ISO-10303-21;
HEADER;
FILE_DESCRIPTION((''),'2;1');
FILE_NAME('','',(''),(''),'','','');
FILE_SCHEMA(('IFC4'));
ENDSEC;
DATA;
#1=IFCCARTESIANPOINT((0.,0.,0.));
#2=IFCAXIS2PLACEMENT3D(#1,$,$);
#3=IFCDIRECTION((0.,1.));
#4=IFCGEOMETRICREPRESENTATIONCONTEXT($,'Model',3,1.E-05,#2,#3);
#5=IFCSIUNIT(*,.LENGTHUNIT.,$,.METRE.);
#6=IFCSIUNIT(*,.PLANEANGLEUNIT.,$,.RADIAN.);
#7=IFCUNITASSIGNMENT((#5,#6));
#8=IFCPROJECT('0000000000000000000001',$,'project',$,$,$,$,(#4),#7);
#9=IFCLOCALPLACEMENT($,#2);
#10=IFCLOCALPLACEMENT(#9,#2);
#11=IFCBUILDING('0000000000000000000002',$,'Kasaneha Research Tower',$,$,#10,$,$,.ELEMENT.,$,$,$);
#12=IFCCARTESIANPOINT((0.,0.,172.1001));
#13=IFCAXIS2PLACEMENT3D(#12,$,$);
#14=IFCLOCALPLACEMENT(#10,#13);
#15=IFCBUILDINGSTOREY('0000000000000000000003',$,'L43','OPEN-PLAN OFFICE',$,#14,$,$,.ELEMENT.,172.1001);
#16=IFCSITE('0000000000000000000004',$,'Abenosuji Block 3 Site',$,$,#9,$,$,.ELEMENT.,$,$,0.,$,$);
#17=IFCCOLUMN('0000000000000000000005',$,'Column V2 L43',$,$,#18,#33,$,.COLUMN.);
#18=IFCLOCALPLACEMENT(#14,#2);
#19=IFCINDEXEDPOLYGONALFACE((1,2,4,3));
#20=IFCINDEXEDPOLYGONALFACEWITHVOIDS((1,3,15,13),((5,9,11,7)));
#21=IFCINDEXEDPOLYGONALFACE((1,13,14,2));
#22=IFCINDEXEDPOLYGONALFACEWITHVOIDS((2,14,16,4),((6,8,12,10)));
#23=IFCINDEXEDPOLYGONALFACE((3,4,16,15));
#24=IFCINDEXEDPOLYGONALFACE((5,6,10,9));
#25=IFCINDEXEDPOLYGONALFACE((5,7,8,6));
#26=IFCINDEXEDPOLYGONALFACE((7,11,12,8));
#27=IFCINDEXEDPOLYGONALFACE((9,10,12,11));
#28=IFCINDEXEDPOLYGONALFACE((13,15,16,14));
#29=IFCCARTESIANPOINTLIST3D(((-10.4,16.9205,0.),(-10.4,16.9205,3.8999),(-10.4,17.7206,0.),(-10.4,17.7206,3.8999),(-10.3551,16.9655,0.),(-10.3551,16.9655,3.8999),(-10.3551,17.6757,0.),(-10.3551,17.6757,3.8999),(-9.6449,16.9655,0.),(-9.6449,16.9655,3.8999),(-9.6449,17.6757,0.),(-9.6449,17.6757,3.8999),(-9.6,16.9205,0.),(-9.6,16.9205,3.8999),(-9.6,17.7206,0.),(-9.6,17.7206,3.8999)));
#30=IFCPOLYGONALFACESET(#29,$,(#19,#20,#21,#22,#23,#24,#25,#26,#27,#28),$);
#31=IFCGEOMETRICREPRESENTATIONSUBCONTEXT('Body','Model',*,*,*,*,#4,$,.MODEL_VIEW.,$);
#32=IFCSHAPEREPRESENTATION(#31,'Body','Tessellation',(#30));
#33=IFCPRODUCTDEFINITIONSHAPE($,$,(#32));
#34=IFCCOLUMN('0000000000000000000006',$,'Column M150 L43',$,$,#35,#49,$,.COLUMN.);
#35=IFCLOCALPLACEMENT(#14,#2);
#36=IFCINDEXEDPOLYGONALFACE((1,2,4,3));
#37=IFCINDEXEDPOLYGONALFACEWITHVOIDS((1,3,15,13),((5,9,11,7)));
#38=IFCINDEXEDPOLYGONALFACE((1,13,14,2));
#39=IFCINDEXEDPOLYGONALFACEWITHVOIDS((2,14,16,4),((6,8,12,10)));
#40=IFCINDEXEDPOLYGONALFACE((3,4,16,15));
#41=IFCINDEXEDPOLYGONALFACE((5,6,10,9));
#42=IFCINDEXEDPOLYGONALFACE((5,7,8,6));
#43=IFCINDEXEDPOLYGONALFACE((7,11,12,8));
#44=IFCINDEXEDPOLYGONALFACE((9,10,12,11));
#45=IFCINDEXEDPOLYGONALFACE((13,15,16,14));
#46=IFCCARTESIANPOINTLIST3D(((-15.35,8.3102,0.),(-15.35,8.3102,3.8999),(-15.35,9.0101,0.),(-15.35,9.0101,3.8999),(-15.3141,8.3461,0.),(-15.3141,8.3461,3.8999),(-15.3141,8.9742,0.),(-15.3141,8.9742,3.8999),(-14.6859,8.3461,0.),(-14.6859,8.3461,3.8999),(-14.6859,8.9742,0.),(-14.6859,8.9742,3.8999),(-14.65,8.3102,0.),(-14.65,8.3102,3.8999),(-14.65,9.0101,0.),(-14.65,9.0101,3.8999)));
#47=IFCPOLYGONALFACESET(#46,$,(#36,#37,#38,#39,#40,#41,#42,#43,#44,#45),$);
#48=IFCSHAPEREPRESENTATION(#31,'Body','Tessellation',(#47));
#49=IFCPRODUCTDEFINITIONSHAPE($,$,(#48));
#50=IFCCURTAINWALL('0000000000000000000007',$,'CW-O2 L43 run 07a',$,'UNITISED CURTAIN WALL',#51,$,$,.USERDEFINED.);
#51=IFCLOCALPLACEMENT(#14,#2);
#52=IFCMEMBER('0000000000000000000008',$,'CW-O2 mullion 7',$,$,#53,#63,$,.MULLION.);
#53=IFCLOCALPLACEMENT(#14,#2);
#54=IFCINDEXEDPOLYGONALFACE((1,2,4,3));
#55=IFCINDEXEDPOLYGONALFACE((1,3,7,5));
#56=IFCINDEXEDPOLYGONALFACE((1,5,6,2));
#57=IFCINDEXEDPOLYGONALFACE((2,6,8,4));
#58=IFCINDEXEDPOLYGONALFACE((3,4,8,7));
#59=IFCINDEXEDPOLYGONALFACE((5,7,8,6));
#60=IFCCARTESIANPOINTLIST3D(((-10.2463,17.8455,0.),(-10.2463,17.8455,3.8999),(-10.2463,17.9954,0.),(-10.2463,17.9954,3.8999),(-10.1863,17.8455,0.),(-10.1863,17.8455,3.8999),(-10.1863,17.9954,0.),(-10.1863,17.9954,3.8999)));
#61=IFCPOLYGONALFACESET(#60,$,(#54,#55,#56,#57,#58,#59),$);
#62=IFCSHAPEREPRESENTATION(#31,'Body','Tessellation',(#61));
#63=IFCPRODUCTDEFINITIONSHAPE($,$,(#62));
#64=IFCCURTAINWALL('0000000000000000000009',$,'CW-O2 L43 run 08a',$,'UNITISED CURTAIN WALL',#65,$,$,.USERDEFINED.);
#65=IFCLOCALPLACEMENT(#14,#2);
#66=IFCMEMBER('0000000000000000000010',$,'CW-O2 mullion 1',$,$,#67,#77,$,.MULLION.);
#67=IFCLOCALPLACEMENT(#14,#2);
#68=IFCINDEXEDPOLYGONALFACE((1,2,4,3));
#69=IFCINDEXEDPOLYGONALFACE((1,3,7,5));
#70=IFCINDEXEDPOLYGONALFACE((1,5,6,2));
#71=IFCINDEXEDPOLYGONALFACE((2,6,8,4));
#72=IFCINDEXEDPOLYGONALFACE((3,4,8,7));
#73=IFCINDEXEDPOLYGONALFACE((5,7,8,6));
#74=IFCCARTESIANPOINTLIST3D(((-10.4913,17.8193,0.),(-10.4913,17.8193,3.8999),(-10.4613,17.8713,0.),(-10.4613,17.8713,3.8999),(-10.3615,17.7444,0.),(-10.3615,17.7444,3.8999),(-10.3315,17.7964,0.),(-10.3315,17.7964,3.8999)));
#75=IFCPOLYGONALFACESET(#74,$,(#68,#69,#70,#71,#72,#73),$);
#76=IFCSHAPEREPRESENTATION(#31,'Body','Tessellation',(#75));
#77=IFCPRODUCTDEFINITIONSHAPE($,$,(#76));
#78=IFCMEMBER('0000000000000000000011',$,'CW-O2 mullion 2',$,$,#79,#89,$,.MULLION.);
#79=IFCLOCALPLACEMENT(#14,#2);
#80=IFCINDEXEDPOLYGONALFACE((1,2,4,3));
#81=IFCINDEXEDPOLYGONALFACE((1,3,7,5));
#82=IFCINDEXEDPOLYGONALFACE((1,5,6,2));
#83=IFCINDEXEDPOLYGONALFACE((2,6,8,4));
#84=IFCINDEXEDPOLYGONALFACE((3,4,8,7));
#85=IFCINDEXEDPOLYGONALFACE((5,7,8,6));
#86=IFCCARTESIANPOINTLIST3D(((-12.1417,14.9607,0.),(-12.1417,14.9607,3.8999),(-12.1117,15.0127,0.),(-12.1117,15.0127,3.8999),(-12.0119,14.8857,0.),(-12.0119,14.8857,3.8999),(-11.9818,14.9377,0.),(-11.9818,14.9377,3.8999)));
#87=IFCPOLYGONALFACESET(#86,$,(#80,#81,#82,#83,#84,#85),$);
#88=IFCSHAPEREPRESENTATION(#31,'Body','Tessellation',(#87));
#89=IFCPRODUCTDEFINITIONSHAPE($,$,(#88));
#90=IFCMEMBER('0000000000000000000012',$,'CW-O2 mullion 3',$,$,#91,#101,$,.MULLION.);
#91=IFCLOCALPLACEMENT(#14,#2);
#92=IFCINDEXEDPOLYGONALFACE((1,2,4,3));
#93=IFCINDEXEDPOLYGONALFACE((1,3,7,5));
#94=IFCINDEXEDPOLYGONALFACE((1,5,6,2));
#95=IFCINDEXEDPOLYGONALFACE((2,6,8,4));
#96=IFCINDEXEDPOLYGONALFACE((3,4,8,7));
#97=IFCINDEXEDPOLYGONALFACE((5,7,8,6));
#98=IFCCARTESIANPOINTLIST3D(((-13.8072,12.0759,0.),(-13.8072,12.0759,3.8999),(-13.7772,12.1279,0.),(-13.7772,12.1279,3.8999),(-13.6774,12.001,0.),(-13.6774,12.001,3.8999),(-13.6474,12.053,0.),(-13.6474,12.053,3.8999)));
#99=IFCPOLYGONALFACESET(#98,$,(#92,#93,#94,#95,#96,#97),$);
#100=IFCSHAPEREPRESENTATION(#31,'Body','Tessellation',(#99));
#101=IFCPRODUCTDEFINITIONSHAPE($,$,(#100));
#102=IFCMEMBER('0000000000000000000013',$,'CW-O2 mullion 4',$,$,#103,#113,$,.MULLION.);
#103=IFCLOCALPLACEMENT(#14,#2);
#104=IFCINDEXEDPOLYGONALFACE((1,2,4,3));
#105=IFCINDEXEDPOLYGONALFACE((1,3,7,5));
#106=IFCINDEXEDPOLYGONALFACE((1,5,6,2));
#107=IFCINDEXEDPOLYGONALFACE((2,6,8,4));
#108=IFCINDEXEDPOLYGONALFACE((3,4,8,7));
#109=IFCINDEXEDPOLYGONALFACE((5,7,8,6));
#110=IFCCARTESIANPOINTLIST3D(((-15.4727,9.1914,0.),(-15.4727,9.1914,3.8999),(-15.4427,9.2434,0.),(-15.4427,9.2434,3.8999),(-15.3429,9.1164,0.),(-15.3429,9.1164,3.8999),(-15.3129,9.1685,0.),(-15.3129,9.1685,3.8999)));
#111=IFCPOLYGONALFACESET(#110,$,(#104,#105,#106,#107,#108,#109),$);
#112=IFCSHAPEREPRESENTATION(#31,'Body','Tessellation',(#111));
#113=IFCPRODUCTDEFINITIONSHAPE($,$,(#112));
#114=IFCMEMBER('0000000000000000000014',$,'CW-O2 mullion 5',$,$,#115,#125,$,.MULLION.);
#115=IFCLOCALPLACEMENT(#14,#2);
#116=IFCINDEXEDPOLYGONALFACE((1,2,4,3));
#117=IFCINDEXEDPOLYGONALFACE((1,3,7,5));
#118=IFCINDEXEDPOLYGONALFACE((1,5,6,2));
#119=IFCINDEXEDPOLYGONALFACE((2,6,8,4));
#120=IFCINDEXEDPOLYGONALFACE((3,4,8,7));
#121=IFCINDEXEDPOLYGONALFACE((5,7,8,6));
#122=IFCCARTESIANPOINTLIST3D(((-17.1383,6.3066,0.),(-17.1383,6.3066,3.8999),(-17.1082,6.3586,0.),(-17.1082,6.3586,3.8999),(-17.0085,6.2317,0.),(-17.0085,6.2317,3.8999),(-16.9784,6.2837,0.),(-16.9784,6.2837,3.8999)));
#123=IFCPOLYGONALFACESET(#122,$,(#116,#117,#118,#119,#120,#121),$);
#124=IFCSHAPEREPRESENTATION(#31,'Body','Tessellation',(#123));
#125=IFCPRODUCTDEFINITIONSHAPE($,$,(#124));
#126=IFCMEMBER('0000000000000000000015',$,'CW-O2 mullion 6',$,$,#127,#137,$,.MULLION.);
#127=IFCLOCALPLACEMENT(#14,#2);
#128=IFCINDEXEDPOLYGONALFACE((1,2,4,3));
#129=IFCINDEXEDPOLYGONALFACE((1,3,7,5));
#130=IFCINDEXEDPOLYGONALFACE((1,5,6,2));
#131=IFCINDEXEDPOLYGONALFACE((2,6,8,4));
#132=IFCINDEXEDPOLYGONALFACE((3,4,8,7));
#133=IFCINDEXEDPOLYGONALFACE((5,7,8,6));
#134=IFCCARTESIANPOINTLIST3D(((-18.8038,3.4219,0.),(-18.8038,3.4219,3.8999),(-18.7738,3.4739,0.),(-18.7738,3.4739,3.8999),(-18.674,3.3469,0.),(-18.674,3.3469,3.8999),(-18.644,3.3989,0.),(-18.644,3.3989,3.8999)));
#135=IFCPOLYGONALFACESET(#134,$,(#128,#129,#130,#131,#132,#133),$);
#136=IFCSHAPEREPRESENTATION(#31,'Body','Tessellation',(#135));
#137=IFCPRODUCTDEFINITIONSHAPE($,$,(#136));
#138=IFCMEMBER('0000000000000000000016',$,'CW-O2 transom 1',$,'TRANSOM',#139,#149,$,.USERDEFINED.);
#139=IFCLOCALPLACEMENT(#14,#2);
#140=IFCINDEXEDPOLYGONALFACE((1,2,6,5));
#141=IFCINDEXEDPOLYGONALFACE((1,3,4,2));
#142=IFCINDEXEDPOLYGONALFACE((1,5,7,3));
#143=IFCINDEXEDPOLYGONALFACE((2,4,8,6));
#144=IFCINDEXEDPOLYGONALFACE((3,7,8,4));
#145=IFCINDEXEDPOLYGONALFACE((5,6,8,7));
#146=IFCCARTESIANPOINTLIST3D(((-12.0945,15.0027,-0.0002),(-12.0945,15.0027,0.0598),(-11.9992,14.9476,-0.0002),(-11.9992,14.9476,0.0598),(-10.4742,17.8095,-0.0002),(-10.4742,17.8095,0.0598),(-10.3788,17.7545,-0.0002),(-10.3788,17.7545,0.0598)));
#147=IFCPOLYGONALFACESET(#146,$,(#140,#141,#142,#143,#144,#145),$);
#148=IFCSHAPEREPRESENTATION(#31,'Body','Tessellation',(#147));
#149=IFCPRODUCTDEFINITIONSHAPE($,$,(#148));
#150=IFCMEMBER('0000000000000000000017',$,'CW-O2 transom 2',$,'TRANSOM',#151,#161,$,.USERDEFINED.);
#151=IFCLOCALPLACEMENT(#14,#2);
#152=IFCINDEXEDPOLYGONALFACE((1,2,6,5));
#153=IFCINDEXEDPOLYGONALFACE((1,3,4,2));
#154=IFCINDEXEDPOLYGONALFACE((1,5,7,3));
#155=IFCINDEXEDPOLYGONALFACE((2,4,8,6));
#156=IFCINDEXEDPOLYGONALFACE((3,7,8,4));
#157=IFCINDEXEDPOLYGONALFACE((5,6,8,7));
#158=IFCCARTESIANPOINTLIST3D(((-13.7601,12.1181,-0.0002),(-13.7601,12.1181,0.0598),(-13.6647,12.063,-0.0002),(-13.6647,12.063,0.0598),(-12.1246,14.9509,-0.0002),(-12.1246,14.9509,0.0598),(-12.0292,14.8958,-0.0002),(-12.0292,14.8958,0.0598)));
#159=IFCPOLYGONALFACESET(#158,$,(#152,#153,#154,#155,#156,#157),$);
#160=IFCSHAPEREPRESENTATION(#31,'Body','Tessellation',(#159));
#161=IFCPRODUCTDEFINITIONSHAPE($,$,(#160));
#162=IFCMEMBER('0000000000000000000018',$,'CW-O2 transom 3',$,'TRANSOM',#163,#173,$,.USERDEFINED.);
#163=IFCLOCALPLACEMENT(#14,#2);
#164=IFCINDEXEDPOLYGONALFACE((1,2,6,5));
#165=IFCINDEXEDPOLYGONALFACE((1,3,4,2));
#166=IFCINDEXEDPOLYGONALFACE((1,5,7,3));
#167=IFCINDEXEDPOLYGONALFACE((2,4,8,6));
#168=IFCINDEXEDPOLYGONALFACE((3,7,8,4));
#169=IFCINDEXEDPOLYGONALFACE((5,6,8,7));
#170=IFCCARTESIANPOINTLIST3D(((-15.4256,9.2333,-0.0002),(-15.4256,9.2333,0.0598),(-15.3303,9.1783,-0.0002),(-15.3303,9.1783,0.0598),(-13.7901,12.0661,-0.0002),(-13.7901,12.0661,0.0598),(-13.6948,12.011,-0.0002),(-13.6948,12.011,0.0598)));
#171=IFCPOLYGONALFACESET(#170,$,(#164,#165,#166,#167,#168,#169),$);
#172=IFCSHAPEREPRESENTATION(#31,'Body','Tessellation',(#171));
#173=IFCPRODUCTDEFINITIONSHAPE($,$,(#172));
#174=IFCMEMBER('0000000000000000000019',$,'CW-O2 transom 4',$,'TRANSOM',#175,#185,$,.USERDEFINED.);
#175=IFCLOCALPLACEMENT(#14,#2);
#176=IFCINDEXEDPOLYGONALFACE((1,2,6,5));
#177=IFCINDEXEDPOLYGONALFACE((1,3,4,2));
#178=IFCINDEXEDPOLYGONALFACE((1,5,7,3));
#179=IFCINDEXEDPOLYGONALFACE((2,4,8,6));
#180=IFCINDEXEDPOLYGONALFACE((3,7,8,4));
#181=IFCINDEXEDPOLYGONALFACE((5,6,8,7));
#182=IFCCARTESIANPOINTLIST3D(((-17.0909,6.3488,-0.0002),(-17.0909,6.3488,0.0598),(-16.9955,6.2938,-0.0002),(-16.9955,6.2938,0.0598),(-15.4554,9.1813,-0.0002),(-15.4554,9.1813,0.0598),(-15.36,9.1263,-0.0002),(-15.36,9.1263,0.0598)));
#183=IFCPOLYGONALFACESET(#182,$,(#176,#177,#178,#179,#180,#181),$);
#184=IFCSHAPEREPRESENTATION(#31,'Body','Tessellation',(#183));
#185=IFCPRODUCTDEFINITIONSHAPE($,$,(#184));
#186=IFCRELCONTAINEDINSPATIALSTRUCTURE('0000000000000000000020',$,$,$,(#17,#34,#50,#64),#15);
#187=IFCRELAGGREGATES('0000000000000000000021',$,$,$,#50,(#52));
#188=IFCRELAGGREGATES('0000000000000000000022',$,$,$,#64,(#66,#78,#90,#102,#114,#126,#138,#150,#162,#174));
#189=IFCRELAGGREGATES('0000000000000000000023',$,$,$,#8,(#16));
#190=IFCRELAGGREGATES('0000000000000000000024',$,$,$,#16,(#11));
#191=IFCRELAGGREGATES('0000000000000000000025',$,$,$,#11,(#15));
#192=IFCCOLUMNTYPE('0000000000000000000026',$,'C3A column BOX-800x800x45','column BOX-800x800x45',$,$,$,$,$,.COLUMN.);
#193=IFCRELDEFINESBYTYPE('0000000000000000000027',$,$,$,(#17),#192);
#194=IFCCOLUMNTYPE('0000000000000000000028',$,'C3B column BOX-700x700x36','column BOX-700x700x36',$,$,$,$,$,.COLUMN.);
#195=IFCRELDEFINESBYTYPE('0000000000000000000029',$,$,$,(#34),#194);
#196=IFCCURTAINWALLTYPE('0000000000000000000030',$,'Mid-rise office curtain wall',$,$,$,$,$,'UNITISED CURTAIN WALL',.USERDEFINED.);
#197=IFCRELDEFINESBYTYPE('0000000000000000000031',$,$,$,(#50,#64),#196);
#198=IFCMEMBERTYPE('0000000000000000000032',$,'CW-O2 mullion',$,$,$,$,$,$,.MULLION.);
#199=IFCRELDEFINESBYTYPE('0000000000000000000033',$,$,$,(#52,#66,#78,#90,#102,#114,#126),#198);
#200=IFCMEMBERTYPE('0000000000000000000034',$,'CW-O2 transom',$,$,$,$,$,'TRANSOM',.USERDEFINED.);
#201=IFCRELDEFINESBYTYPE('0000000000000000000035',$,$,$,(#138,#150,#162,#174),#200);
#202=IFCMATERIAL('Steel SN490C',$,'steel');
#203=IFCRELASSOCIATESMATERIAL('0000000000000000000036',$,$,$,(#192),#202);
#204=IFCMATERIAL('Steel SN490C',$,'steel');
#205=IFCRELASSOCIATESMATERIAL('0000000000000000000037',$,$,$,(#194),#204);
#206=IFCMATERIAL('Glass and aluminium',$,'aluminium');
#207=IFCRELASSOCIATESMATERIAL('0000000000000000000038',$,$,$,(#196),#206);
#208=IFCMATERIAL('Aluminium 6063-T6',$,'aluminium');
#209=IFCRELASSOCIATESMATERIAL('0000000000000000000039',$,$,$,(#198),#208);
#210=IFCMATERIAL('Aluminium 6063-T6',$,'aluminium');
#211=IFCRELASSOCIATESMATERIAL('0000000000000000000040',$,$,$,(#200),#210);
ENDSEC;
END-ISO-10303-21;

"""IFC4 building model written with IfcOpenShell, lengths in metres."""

from ifc_helpers import new_model, si_unit, direction, frame, origin, origin_2d, place, context, subcontext, project, spatial, rectangle, hollow_rectangle, extrude, material, material_profile, profile_set, type_object, element, aggregate, save


model = new_model("IFC4")

# Units and contexts
model_context = context("Model", 3, precision=1e-05, world=origin(), true_north=direction((0.0, 1.0)))
body_context = subcontext(model_context, "Body", "Model", "MODEL_VIEW")
ifc_project = project(units=[si_unit("LENGTHUNIT", "METRE"), si_unit("PLANEANGLEUNIT", "RADIAN")], contexts=[model_context])

# Site, building, storey
site_placement = place(None, origin())
site = spatial("IfcSite", under=ifc_project, at=site_placement, Name="Abenosuji Block 3 Site", CompositionType="ELEMENT", RefElevation=0.0)
building_placement = place(site_placement, origin())
building = spatial("IfcBuilding", under=site, at=building_placement, Name="Kasaneha Research Tower", CompositionType="ELEMENT")
storey_placement = place(building_placement, frame((0.0, 0.0, 172.1001)))
storey = spatial("IfcBuildingStorey", under=building, at=storey_placement, Name="L43", Description="OPEN-PLAN OFFICE", CompositionType="ELEMENT", Elevation=172.1001)

# Columns
ifc_material_1 = material(Name="Steel SN490C", Category="steel")
ifc_material_profile_1 = material_profile(ifc_material_1, hollow_rectangle(XDim=0.8, YDim=0.8, WallThickness=0.0449, at=origin_2d()), Name="BOX-800x800x45")
ifc_profile_set_1 = profile_set([ifc_material_profile_1], Name="Steel SN490C")
column_type_1 = type_object("IfcColumnType", Name="C3A column BOX-800x800x45", Description="column BOX-800x800x45", PredefinedType="COLUMN", material=ifc_profile_set_1)
column_1_placement = place(storey_placement, frame((-10.0, 17.3206, 0.0), z_axis=(0.0, 0.0, 1.0), x_axis=(1.0, 0.0, 0.0)))
element("IfcColumn", 1, at=column_1_placement, inside=storey, type_object=column_type_1, Name="Column V2 L43", PredefinedType="COLUMN", context=body_context, shape_type="SweptSolid", body=[
    extrude(hollow_rectangle(XDim=0.8, YDim=0.8, WallThickness=0.0449, at=origin_2d()), origin(), (0.0, 0.0, 1.0), 3.8999),
])
ifc_material_2 = material(Name="Steel SN490C", Category="steel")
ifc_material_profile_2 = material_profile(ifc_material_2, hollow_rectangle(XDim=0.7, YDim=0.7, WallThickness=0.0359, at=origin_2d()), Name="BOX-700x700x36")
ifc_profile_set_2 = profile_set([ifc_material_profile_2], Name="Steel SN490C")
column_type_2 = type_object("IfcColumnType", Name="C3B column BOX-700x700x36", Description="column BOX-700x700x36", PredefinedType="COLUMN", material=ifc_profile_set_2)
column_2_placement = place(storey_placement, frame((-15.0, 8.6602, 0.0), z_axis=(0.0, 0.0, 1.0), x_axis=(1.0, 0.0, 0.0)))
element("IfcColumn", 2, at=column_2_placement, inside=storey, type_object=column_type_2, Name="Column M150 L43", PredefinedType="COLUMN", context=body_context, shape_type="SweptSolid", body=[
    extrude(hollow_rectangle(XDim=0.7, YDim=0.7, WallThickness=0.0359, at=origin_2d()), origin(), (0.0, 0.0, 1.0), 3.8999),
])

# Curtain wall, member
ifc_material_3 = material(Name="Glass and aluminium", Category="aluminium")
curtain_wall_type = type_object("IfcCurtainWallType", Name="Mid-rise office curtain wall", ElementType="UNITISED CURTAIN WALL", PredefinedType="USERDEFINED", material=ifc_material_3)
curtain_wall_1_placement = place(storey_placement, origin())
curtain_wall_1 = element("IfcCurtainWall", 3, at=curtain_wall_1_placement, inside=storey, type_object=curtain_wall_type, Name="CW-O2 L43 run 07a", ObjectType="UNITISED CURTAIN WALL", PredefinedType="USERDEFINED")
ifc_material_4 = material(Name="Aluminium 6063-T6", Category="aluminium")
ifc_material_profile_3 = material_profile(ifc_material_4, rectangle(XDim=0.0601, YDim=0.1499, at=origin_2d()), Name="CW-O2 mullion 60x150")
ifc_profile_set_3 = profile_set([ifc_material_profile_3], Name="Aluminium 6063-T6")
member_type_1 = type_object("IfcMemberType", Name="CW-O2 mullion", PredefinedType="MULLION", material=ifc_profile_set_3)
member_1_placement = place(storey_placement, frame((-10.2163, 17.9204, 0.0), z_axis=(0.0, 0.0, 1.0), x_axis=(-1.0, 0.0, 0.0)))
member_1 = element("IfcMember", 4, at=member_1_placement, type_object=member_type_1, Name="CW-O2 mullion 7", PredefinedType="MULLION", context=body_context, shape_type="SweptSolid", body=[
    extrude(rectangle(XDim=0.0601, YDim=0.1499, at=origin_2d()), origin(), (0.0, 0.0, 1.0), 3.8999),
])
aggregate(curtain_wall_1, [member_1])

# Curtain wall, members
curtain_wall_2_placement = place(storey_placement, origin())
curtain_wall_2 = element("IfcCurtainWall", 5, at=curtain_wall_2_placement, inside=storey, type_object=curtain_wall_type, Name="CW-O2 L43 run 08a", ObjectType="UNITISED CURTAIN WALL", PredefinedType="USERDEFINED")
member_2_placement = place(storey_placement, frame((-10.4114, 17.8079, 0.0), z_axis=(0.0, 0.0, 1.0), x_axis=(-0.5, -0.866025, 0.0)))
member_2 = element("IfcMember", 6, at=member_2_placement, type_object=member_type_1, Name="CW-O2 mullion 1", PredefinedType="MULLION", context=body_context, shape_type="SweptSolid", body=[
    extrude(rectangle(XDim=0.0601, YDim=0.1499, at=origin_2d()), origin(), (0.0, 0.0, 1.0), 3.8999),
])
member_3_placement = place(storey_placement, frame((-12.0618, 14.9492, 0.0), z_axis=(0.0, 0.0, 1.0), x_axis=(-0.5, -0.866025, 0.0)))
member_3 = element("IfcMember", 7, at=member_3_placement, type_object=member_type_1, Name="CW-O2 mullion 2", PredefinedType="MULLION", context=body_context, shape_type="SweptSolid", body=[
    extrude(rectangle(XDim=0.0601, YDim=0.1499, at=origin_2d()), origin(), (0.0, 0.0, 1.0), 3.8999),
])
member_4_placement = place(storey_placement, frame((-13.7273, 12.0645, 0.0), z_axis=(0.0, 0.0, 1.0), x_axis=(-0.5, -0.866025, 0.0)))
member_4 = element("IfcMember", 8, at=member_4_placement, type_object=member_type_1, Name="CW-O2 mullion 3", PredefinedType="MULLION", context=body_context, shape_type="SweptSolid", body=[
    extrude(rectangle(XDim=0.0601, YDim=0.1499, at=origin_2d()), origin(), (0.0, 0.0, 1.0), 3.8999),
])
member_5_placement = place(storey_placement, frame((-15.3928, 9.1799, 0.0), z_axis=(0.0, 0.0, 1.0), x_axis=(-0.5, -0.866025, 0.0)))
member_5 = element("IfcMember", 9, at=member_5_placement, type_object=member_type_1, Name="CW-O2 mullion 4", PredefinedType="MULLION", context=body_context, shape_type="SweptSolid", body=[
    extrude(rectangle(XDim=0.0601, YDim=0.1499, at=origin_2d()), origin(), (0.0, 0.0, 1.0), 3.8999),
])
member_6_placement = place(storey_placement, frame((-17.0583, 6.2952, 0.0), z_axis=(0.0, 0.0, 1.0), x_axis=(-0.5, -0.866025, 0.0)))
member_6 = element("IfcMember", 10, at=member_6_placement, type_object=member_type_1, Name="CW-O2 mullion 5", PredefinedType="MULLION", context=body_context, shape_type="SweptSolid", body=[
    extrude(rectangle(XDim=0.0601, YDim=0.1499, at=origin_2d()), origin(), (0.0, 0.0, 1.0), 3.8999),
])
member_7_placement = place(storey_placement, frame((-18.7239, 3.4104, 0.0), z_axis=(0.0, 0.0, 1.0), x_axis=(-0.5, -0.866025, 0.0)))
member_7 = element("IfcMember", 11, at=member_7_placement, type_object=member_type_1, Name="CW-O2 mullion 6", PredefinedType="MULLION", context=body_context, shape_type="SweptSolid", body=[
    extrude(rectangle(XDim=0.0601, YDim=0.1499, at=origin_2d()), origin(), (0.0, 0.0, 1.0), 3.8999),
])
ifc_material_5 = material(Name="Aluminium 6063-T6", Category="aluminium")
ifc_material_profile_4 = material_profile(ifc_material_5, rectangle(XDim=0.1101, YDim=0.0601, at=origin_2d()), Name="CW-O2 transom 110x60")
ifc_profile_set_4 = profile_set([ifc_material_profile_4], Name="Aluminium 6063-T6")
member_type_2 = type_object("IfcMemberType", Name="CW-O2 transom", ElementType="TRANSOM", PredefinedType="USERDEFINED", material=ifc_profile_set_4)
member_8_placement = place(storey_placement, frame((-10.4265, 17.782, 0.0298), z_axis=(-0.499955, -0.866051, 0.0), x_axis=(0.866051, -0.499955, 0.0)))
member_8 = element("IfcMember", 12, at=member_8_placement, type_object=member_type_2, Name="CW-O2 transom 1", ObjectType="TRANSOM", PredefinedType="USERDEFINED", context=body_context, shape_type="SweptSolid", body=[
    extrude(rectangle(XDim=0.1101, YDim=0.0601, at=origin_2d()), origin(), (0.0, 0.0, 1.0), 3.241),
])
member_9_placement = place(storey_placement, frame((-12.0769, 14.9233, 0.0298), z_axis=(-0.5, -0.866025, 0.0), x_axis=(0.866025, -0.5, 0.0)))
member_9 = element("IfcMember", 13, at=member_9_placement, type_object=member_type_2, Name="CW-O2 transom 2", ObjectType="TRANSOM", PredefinedType="USERDEFINED", context=body_context, shape_type="SweptSolid", body=[
    extrude(rectangle(XDim=0.1101, YDim=0.0601, at=origin_2d()), origin(), (0.0, 0.0, 1.0), 3.271),
])
member_10_placement = place(storey_placement, frame((-13.7424, 12.0386, 0.0298), z_axis=(-0.5, -0.866025, 0.0), x_axis=(0.866025, -0.5, 0.0)))
member_10 = element("IfcMember", 14, at=member_10_placement, type_object=member_type_2, Name="CW-O2 transom 3", ObjectType="TRANSOM", PredefinedType="USERDEFINED", context=body_context, shape_type="SweptSolid", body=[
    extrude(rectangle(XDim=0.1101, YDim=0.0601, at=origin_2d()), origin(), (0.0, 0.0, 1.0), 3.271),
])
member_11_placement = place(storey_placement, frame((-15.4077, 9.1538, 0.0298), z_axis=(-0.500033, -0.866007, 0.0), x_axis=(0.866007, -0.500033, 0.0)))
member_11 = element("IfcMember", 15, at=member_11_placement, type_object=member_type_2, Name="CW-O2 transom 4", ObjectType="TRANSOM", PredefinedType="USERDEFINED", context=body_context, shape_type="SweptSolid", body=[
    extrude(rectangle(XDim=0.1101, YDim=0.0601, at=origin_2d()), origin(), (0.0, 0.0, 1.0), 3.2708),
])

aggregate(curtain_wall_2, [member_2, member_3, member_4, member_5, member_6, member_7, member_8, member_9, member_10, member_11])

save(model, "model.ifc")
